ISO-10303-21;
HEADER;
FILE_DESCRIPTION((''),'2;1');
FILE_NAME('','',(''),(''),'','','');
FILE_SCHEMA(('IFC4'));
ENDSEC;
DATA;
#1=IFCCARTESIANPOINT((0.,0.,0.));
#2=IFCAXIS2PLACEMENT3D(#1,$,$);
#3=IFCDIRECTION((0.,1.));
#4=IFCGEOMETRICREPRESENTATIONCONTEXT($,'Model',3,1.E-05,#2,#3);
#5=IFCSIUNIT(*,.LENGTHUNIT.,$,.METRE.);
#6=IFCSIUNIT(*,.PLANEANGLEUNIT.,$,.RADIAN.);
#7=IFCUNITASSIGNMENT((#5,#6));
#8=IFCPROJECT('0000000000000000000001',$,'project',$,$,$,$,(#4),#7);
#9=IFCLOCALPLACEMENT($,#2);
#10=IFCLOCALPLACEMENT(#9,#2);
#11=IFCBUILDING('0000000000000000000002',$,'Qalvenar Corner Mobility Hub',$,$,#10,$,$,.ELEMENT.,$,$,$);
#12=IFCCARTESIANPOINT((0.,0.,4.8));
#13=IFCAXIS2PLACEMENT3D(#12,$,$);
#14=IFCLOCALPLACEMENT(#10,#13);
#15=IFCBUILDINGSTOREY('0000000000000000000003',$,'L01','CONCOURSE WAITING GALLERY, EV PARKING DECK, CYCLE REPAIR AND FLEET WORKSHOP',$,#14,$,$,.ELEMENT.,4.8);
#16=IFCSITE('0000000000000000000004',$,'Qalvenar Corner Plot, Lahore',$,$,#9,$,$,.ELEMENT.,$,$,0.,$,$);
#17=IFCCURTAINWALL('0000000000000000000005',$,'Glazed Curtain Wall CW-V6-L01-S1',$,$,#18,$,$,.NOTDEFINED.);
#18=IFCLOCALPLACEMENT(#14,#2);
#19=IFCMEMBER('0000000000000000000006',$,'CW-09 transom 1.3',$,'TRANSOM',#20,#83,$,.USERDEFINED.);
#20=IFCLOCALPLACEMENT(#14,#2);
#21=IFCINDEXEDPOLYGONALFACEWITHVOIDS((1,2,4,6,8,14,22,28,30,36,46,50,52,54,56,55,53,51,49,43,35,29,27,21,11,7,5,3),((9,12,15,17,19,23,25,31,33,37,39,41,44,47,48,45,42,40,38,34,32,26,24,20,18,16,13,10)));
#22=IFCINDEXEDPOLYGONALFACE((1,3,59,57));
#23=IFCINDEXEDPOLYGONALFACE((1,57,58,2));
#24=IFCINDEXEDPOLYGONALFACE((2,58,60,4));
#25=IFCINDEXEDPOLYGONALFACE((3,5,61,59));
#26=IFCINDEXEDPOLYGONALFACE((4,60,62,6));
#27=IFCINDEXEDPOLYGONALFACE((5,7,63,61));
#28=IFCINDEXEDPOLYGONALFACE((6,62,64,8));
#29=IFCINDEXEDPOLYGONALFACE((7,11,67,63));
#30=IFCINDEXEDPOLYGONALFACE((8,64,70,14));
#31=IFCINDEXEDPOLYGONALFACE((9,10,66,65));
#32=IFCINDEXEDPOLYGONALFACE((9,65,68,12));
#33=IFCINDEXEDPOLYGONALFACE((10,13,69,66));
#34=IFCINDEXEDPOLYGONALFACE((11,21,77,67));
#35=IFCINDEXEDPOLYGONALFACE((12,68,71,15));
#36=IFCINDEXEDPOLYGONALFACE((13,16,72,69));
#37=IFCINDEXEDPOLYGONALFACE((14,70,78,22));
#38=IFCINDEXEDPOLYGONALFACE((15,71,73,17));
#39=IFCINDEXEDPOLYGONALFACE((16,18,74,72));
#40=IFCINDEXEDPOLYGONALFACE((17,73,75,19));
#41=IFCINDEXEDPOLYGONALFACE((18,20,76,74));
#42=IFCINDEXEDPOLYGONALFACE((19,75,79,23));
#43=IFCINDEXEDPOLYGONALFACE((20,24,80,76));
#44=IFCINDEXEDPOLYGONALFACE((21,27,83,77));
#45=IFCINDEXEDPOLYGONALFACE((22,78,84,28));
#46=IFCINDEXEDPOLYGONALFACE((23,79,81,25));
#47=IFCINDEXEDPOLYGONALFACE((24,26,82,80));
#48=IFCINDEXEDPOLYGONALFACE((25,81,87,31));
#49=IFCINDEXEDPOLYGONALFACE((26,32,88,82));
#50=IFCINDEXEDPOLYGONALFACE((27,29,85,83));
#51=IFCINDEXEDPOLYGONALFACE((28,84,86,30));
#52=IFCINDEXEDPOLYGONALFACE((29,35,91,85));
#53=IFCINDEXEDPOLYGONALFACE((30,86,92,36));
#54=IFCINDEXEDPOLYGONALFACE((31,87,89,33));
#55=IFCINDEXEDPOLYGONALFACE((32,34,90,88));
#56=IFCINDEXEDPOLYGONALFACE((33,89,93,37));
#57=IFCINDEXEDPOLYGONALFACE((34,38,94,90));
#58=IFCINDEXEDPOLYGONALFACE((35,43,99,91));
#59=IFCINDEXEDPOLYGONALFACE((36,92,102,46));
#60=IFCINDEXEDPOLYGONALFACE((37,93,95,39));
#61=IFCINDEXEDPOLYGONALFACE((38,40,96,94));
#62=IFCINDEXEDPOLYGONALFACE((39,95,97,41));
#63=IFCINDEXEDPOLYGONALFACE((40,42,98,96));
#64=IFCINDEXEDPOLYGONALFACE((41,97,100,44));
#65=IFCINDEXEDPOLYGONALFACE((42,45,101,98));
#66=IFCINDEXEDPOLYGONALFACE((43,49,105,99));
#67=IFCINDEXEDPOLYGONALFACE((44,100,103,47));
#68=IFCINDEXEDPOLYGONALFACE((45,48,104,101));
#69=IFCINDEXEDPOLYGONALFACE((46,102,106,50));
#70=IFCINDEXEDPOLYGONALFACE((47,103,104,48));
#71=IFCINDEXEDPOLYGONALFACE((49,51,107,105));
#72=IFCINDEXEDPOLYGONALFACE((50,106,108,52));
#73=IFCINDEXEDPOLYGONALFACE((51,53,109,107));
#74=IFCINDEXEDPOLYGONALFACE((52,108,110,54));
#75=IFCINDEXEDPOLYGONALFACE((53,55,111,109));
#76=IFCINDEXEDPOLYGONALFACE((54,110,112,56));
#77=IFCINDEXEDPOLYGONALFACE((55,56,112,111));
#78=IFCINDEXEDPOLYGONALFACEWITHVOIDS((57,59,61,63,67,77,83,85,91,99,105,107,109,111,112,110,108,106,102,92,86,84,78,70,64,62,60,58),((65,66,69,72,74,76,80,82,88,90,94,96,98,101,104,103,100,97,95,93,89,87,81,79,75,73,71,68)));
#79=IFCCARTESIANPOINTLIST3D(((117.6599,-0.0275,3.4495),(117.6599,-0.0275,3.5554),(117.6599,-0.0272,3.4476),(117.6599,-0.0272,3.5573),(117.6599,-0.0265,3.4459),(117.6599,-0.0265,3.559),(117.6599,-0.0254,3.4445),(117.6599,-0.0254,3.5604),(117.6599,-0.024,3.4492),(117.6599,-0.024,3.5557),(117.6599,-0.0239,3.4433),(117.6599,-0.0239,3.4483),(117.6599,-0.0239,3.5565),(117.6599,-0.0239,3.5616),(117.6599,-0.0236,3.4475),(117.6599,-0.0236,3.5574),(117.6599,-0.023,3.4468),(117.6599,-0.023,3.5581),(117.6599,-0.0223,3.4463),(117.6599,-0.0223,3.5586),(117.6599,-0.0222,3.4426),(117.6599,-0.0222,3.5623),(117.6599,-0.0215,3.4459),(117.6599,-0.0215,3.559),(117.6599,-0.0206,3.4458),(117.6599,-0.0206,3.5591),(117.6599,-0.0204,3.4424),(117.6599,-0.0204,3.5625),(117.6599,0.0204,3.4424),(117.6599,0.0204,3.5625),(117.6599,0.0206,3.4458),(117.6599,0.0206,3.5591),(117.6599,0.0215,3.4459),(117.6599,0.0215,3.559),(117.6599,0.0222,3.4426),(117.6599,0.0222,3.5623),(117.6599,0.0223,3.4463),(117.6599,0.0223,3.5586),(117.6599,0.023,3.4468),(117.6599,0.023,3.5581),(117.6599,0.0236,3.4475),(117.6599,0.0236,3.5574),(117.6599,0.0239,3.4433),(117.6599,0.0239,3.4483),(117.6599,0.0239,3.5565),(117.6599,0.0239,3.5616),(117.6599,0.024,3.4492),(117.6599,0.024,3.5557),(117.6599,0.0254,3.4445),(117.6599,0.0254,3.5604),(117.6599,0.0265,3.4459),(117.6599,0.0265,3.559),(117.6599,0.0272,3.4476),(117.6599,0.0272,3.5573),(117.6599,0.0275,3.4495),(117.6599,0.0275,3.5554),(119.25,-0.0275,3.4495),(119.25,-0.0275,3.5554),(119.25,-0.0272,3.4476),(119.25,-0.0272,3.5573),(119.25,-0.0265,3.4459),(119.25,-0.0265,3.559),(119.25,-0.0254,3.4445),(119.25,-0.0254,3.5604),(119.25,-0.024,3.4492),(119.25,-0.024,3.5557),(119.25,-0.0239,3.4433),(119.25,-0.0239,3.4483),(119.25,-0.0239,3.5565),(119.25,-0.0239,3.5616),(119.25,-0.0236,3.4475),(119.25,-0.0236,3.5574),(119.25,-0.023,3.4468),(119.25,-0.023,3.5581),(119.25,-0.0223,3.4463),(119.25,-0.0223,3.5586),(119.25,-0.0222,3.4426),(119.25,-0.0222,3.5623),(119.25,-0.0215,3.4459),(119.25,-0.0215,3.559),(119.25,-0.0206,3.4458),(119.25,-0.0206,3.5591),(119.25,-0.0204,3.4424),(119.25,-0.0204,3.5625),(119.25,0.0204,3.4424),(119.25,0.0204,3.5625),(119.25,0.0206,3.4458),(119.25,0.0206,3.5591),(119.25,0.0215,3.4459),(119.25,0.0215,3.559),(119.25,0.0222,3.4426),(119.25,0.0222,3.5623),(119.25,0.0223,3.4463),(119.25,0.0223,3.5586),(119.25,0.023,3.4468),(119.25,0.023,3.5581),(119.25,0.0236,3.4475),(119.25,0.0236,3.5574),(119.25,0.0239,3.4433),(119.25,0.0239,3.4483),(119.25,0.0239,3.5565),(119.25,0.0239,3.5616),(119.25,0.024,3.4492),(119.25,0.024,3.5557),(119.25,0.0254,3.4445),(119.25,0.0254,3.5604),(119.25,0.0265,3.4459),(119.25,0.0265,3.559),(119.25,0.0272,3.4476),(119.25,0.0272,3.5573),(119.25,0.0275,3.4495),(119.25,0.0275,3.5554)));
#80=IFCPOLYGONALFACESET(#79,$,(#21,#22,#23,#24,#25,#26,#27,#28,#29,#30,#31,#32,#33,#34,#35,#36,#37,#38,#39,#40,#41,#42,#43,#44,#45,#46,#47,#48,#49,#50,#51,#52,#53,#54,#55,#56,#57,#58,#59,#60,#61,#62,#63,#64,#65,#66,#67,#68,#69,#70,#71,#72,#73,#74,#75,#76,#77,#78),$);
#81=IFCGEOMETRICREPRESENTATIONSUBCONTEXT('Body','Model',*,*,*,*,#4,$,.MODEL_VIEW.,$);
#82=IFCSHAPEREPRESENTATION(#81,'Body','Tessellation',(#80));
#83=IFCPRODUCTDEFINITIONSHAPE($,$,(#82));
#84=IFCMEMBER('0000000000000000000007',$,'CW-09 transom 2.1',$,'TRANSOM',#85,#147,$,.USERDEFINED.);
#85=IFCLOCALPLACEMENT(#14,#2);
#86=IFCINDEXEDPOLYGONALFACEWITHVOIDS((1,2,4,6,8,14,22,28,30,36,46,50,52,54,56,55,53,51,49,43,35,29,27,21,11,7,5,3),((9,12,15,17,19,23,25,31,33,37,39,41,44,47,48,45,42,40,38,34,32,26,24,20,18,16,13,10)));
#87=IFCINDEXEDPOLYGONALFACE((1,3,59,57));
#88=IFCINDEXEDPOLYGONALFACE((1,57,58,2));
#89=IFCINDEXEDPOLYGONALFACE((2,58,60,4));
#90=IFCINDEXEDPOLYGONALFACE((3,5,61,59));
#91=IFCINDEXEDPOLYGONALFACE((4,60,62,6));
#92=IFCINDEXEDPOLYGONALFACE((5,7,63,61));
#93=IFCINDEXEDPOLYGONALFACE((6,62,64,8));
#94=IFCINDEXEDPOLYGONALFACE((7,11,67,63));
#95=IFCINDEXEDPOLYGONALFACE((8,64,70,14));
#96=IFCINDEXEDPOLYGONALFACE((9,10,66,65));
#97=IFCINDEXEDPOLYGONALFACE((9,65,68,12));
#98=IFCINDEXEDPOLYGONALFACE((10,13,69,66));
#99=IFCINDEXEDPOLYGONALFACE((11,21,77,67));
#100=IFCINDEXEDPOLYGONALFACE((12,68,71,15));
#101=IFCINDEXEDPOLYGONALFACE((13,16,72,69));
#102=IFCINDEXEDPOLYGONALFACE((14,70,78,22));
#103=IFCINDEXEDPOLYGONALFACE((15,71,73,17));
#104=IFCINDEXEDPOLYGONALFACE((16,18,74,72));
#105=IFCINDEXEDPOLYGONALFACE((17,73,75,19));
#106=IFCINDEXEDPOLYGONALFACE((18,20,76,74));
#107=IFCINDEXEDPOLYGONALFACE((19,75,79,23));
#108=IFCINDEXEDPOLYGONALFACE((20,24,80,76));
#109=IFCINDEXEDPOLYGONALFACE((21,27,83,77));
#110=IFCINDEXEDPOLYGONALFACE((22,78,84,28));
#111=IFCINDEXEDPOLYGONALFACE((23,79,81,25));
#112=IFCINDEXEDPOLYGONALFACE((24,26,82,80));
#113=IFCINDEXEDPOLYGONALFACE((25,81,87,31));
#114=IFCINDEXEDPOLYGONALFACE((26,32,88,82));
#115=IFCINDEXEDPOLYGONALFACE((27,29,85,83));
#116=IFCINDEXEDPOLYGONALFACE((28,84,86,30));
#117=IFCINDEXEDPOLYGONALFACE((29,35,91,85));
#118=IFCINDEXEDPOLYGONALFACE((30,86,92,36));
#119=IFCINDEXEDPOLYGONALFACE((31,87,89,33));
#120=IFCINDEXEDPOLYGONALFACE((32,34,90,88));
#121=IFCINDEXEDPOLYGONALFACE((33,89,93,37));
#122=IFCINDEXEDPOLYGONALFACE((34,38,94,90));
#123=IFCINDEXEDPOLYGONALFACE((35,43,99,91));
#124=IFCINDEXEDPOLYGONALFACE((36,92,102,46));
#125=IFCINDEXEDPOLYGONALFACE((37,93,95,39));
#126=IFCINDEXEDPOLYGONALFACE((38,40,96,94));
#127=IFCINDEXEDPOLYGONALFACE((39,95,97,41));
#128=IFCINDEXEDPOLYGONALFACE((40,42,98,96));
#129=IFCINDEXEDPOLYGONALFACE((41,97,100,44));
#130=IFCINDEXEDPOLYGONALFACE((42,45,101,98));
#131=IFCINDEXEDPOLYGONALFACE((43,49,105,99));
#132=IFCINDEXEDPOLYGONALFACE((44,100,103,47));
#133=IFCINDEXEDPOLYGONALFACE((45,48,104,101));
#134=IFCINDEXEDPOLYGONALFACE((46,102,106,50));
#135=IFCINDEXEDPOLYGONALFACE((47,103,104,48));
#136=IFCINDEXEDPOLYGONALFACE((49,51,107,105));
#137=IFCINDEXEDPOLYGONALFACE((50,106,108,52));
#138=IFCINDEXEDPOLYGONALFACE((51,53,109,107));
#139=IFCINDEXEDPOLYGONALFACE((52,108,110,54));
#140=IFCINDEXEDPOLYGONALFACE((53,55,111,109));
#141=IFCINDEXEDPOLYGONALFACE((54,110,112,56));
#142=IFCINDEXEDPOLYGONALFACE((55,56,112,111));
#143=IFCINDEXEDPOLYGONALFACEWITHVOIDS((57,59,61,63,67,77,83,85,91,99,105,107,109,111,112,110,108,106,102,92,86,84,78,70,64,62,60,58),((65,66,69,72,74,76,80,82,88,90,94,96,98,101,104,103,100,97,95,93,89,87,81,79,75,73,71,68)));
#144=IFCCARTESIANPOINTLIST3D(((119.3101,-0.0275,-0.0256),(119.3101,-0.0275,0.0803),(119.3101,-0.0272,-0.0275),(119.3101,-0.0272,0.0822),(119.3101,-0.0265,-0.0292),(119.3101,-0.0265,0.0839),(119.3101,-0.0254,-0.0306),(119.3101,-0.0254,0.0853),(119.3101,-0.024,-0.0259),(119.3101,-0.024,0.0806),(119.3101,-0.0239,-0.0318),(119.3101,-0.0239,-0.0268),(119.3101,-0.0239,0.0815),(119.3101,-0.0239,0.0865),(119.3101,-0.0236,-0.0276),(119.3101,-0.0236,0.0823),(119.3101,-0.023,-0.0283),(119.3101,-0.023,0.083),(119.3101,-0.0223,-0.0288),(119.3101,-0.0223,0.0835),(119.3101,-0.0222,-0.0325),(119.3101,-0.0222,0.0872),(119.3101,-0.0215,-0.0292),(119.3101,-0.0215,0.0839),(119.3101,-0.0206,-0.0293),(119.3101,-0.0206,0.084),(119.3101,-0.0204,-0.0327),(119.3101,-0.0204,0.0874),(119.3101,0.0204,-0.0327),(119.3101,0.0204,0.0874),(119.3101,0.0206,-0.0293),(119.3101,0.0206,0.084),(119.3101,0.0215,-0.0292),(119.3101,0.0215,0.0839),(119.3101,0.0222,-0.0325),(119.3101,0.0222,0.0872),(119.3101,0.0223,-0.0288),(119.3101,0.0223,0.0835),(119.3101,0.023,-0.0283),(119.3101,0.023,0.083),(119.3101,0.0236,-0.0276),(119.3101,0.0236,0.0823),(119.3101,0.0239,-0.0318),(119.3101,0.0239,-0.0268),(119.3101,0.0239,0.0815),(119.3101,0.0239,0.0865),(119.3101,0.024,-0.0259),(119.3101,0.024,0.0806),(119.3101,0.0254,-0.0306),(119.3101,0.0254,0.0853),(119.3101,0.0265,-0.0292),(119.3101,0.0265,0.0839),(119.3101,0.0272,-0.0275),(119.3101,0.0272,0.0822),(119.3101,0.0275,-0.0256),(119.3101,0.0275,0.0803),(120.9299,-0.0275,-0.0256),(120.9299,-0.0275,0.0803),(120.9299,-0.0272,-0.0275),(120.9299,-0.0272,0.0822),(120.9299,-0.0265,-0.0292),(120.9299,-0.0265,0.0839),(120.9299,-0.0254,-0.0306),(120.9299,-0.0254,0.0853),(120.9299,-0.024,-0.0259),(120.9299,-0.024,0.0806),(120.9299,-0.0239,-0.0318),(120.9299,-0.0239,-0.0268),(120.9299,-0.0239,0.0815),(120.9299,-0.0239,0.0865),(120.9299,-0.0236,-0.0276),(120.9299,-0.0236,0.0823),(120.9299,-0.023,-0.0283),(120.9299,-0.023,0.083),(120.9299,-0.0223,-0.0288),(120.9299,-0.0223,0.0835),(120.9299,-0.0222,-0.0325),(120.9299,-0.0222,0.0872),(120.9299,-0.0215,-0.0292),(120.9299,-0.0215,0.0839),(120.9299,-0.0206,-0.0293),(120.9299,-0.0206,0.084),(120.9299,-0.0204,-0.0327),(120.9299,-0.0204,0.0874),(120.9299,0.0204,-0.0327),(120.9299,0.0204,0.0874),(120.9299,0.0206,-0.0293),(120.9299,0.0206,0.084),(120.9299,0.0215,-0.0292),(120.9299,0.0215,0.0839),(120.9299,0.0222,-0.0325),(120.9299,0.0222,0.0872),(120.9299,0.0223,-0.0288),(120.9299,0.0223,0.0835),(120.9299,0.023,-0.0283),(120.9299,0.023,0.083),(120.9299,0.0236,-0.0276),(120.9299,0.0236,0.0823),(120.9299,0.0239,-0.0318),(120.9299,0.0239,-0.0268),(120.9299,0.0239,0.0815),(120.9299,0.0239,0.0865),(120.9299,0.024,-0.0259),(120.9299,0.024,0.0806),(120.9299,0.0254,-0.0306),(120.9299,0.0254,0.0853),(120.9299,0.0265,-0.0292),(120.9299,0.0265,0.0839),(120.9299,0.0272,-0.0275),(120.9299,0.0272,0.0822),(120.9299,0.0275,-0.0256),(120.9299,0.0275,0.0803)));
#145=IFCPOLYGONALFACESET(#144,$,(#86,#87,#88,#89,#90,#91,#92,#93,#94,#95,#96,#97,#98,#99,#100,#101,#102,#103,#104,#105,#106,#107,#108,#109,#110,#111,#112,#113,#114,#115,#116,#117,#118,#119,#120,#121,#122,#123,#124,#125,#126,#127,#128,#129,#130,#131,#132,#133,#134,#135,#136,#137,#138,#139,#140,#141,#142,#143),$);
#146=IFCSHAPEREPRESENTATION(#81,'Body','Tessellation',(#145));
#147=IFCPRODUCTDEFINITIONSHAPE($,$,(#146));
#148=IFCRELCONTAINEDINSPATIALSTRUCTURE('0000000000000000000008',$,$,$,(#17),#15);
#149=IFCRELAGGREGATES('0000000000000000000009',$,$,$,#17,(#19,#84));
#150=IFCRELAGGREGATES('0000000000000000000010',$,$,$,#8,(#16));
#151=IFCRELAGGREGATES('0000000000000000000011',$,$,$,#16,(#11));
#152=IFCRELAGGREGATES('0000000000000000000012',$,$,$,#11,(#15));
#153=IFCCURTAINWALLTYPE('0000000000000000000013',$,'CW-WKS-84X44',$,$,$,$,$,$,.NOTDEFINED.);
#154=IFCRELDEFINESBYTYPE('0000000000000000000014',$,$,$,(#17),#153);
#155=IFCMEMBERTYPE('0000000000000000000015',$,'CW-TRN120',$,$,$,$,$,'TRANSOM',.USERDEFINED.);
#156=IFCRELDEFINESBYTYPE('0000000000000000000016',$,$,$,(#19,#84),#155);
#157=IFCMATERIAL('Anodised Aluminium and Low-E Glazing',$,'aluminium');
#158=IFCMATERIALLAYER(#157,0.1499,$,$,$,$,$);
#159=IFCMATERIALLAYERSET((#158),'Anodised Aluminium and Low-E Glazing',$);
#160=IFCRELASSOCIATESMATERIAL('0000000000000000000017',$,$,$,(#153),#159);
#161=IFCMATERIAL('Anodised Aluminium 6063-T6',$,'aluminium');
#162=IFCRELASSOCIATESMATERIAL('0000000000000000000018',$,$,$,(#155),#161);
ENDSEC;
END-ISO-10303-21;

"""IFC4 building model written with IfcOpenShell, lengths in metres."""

from ifc_helpers import new_model, si_unit, direction, frame, origin, origin_2d, place, context, subcontext, project, spatial, hollow_rectangle, extrude, material, layer, layer_set, material_profile, profile_set, type_object, element, aggregate, save


model = new_model("IFC4")

# Units and contexts
model_context = context("Model", 3, precision=1e-05, world=origin(), true_north=direction((0.0, 1.0)))
body_context = subcontext(model_context, "Body", "Model", "MODEL_VIEW")
ifc_project = project(units=[si_unit("LENGTHUNIT", "METRE"), si_unit("PLANEANGLEUNIT", "RADIAN")], contexts=[model_context])

# Site, building, storey
site_placement = place(None, origin())
site = spatial("IfcSite", under=ifc_project, at=site_placement, Name="Qalvenar Corner Plot, Lahore", CompositionType="ELEMENT", RefElevation=0.0)
building_placement = place(site_placement, origin())
building = spatial("IfcBuilding", under=site, at=building_placement, Name="Qalvenar Corner Mobility Hub", CompositionType="ELEMENT")
storey_placement = place(building_placement, frame((0.0, 0.0, 4.8)))
storey = spatial("IfcBuildingStorey", under=building, at=storey_placement, Name="L01", Description="CONCOURSE WAITING GALLERY, EV PARKING DECK, CYCLE REPAIR AND FLEET WORKSHOP", CompositionType="ELEMENT", Elevation=4.8)

# Curtain wall, members
ifc_material_1 = material(Name="Anodised Aluminium and Low-E Glazing", Category="aluminium")
ifc_layer_1 = layer(ifc_material_1, 0.1499)
ifc_layer_set_1 = layer_set([ifc_layer_1], Name="Anodised Aluminium and Low-E Glazing")
curtain_wall_type = type_object("IfcCurtainWallType", Name="CW-WKS-84X44", PredefinedType="NOTDEFINED", material=ifc_layer_set_1)
curtain_wall_placement = place(storey_placement, origin())
curtain_wall = element("IfcCurtainWall", 1, at=curtain_wall_placement, inside=storey, type_object=curtain_wall_type, Name="Glazed Curtain Wall CW-V6-L01-S1", PredefinedType="NOTDEFINED")
ifc_material_2 = material(Name="Anodised Aluminium 6063-T6", Category="aluminium")
ifc_material_profile_1 = material_profile(ifc_material_2, hollow_rectangle(XDim=0.0549, YDim=0.1201, WallThickness=0.0034, InnerFilletRadius=0.0034, OuterFilletRadius=0.0071, at=origin_2d()), Name="RHS120x55x3.5")
ifc_profile_set_1 = profile_set([ifc_material_profile_1], Name="Anodised Aluminium 6063-T6")
member_type_1 = type_object("IfcMemberType", Name="CW-TRN120", ElementType="TRANSOM", PredefinedType="USERDEFINED", material=ifc_profile_set_1)
member_1_placement = place(storey_placement, frame((117.6599, 0.0, 3.5024), z_axis=(1.0, 0.0, 0.0), x_axis=(0.0, 1.0, 0.0)))
member_1 = element("IfcMember", 2, at=member_1_placement, type_object=member_type_1, Name="CW-09 transom 1.3", ObjectType="TRANSOM", PredefinedType="USERDEFINED", context=body_context, shape_type="SweptSolid", body=[
    extrude(hollow_rectangle(XDim=0.0549, YDim=0.1201, WallThickness=0.0034, InnerFilletRadius=0.0034, OuterFilletRadius=0.0071, at=origin_2d()), origin(), (0.0, 0.0, 1.0), 1.5901),
])
member_2_placement = place(storey_placement, frame((119.3101, 0.0, 0.0273), z_axis=(1.0, 0.0, 0.0), x_axis=(0.0, 1.0, 0.0)))
member_2 = element("IfcMember", 3, at=member_2_placement, type_object=member_type_1, Name="CW-09 transom 2.1", ObjectType="TRANSOM", PredefinedType="USERDEFINED", context=body_context, shape_type="SweptSolid", body=[
    extrude(hollow_rectangle(XDim=0.0549, YDim=0.1201, WallThickness=0.0034, InnerFilletRadius=0.0034, OuterFilletRadius=0.0071, at=origin_2d()), origin(), (0.0, 0.0, 1.0), 1.6199),
])
aggregate(curtain_wall, [member_1, member_2])

save(model, "model.ifc")
